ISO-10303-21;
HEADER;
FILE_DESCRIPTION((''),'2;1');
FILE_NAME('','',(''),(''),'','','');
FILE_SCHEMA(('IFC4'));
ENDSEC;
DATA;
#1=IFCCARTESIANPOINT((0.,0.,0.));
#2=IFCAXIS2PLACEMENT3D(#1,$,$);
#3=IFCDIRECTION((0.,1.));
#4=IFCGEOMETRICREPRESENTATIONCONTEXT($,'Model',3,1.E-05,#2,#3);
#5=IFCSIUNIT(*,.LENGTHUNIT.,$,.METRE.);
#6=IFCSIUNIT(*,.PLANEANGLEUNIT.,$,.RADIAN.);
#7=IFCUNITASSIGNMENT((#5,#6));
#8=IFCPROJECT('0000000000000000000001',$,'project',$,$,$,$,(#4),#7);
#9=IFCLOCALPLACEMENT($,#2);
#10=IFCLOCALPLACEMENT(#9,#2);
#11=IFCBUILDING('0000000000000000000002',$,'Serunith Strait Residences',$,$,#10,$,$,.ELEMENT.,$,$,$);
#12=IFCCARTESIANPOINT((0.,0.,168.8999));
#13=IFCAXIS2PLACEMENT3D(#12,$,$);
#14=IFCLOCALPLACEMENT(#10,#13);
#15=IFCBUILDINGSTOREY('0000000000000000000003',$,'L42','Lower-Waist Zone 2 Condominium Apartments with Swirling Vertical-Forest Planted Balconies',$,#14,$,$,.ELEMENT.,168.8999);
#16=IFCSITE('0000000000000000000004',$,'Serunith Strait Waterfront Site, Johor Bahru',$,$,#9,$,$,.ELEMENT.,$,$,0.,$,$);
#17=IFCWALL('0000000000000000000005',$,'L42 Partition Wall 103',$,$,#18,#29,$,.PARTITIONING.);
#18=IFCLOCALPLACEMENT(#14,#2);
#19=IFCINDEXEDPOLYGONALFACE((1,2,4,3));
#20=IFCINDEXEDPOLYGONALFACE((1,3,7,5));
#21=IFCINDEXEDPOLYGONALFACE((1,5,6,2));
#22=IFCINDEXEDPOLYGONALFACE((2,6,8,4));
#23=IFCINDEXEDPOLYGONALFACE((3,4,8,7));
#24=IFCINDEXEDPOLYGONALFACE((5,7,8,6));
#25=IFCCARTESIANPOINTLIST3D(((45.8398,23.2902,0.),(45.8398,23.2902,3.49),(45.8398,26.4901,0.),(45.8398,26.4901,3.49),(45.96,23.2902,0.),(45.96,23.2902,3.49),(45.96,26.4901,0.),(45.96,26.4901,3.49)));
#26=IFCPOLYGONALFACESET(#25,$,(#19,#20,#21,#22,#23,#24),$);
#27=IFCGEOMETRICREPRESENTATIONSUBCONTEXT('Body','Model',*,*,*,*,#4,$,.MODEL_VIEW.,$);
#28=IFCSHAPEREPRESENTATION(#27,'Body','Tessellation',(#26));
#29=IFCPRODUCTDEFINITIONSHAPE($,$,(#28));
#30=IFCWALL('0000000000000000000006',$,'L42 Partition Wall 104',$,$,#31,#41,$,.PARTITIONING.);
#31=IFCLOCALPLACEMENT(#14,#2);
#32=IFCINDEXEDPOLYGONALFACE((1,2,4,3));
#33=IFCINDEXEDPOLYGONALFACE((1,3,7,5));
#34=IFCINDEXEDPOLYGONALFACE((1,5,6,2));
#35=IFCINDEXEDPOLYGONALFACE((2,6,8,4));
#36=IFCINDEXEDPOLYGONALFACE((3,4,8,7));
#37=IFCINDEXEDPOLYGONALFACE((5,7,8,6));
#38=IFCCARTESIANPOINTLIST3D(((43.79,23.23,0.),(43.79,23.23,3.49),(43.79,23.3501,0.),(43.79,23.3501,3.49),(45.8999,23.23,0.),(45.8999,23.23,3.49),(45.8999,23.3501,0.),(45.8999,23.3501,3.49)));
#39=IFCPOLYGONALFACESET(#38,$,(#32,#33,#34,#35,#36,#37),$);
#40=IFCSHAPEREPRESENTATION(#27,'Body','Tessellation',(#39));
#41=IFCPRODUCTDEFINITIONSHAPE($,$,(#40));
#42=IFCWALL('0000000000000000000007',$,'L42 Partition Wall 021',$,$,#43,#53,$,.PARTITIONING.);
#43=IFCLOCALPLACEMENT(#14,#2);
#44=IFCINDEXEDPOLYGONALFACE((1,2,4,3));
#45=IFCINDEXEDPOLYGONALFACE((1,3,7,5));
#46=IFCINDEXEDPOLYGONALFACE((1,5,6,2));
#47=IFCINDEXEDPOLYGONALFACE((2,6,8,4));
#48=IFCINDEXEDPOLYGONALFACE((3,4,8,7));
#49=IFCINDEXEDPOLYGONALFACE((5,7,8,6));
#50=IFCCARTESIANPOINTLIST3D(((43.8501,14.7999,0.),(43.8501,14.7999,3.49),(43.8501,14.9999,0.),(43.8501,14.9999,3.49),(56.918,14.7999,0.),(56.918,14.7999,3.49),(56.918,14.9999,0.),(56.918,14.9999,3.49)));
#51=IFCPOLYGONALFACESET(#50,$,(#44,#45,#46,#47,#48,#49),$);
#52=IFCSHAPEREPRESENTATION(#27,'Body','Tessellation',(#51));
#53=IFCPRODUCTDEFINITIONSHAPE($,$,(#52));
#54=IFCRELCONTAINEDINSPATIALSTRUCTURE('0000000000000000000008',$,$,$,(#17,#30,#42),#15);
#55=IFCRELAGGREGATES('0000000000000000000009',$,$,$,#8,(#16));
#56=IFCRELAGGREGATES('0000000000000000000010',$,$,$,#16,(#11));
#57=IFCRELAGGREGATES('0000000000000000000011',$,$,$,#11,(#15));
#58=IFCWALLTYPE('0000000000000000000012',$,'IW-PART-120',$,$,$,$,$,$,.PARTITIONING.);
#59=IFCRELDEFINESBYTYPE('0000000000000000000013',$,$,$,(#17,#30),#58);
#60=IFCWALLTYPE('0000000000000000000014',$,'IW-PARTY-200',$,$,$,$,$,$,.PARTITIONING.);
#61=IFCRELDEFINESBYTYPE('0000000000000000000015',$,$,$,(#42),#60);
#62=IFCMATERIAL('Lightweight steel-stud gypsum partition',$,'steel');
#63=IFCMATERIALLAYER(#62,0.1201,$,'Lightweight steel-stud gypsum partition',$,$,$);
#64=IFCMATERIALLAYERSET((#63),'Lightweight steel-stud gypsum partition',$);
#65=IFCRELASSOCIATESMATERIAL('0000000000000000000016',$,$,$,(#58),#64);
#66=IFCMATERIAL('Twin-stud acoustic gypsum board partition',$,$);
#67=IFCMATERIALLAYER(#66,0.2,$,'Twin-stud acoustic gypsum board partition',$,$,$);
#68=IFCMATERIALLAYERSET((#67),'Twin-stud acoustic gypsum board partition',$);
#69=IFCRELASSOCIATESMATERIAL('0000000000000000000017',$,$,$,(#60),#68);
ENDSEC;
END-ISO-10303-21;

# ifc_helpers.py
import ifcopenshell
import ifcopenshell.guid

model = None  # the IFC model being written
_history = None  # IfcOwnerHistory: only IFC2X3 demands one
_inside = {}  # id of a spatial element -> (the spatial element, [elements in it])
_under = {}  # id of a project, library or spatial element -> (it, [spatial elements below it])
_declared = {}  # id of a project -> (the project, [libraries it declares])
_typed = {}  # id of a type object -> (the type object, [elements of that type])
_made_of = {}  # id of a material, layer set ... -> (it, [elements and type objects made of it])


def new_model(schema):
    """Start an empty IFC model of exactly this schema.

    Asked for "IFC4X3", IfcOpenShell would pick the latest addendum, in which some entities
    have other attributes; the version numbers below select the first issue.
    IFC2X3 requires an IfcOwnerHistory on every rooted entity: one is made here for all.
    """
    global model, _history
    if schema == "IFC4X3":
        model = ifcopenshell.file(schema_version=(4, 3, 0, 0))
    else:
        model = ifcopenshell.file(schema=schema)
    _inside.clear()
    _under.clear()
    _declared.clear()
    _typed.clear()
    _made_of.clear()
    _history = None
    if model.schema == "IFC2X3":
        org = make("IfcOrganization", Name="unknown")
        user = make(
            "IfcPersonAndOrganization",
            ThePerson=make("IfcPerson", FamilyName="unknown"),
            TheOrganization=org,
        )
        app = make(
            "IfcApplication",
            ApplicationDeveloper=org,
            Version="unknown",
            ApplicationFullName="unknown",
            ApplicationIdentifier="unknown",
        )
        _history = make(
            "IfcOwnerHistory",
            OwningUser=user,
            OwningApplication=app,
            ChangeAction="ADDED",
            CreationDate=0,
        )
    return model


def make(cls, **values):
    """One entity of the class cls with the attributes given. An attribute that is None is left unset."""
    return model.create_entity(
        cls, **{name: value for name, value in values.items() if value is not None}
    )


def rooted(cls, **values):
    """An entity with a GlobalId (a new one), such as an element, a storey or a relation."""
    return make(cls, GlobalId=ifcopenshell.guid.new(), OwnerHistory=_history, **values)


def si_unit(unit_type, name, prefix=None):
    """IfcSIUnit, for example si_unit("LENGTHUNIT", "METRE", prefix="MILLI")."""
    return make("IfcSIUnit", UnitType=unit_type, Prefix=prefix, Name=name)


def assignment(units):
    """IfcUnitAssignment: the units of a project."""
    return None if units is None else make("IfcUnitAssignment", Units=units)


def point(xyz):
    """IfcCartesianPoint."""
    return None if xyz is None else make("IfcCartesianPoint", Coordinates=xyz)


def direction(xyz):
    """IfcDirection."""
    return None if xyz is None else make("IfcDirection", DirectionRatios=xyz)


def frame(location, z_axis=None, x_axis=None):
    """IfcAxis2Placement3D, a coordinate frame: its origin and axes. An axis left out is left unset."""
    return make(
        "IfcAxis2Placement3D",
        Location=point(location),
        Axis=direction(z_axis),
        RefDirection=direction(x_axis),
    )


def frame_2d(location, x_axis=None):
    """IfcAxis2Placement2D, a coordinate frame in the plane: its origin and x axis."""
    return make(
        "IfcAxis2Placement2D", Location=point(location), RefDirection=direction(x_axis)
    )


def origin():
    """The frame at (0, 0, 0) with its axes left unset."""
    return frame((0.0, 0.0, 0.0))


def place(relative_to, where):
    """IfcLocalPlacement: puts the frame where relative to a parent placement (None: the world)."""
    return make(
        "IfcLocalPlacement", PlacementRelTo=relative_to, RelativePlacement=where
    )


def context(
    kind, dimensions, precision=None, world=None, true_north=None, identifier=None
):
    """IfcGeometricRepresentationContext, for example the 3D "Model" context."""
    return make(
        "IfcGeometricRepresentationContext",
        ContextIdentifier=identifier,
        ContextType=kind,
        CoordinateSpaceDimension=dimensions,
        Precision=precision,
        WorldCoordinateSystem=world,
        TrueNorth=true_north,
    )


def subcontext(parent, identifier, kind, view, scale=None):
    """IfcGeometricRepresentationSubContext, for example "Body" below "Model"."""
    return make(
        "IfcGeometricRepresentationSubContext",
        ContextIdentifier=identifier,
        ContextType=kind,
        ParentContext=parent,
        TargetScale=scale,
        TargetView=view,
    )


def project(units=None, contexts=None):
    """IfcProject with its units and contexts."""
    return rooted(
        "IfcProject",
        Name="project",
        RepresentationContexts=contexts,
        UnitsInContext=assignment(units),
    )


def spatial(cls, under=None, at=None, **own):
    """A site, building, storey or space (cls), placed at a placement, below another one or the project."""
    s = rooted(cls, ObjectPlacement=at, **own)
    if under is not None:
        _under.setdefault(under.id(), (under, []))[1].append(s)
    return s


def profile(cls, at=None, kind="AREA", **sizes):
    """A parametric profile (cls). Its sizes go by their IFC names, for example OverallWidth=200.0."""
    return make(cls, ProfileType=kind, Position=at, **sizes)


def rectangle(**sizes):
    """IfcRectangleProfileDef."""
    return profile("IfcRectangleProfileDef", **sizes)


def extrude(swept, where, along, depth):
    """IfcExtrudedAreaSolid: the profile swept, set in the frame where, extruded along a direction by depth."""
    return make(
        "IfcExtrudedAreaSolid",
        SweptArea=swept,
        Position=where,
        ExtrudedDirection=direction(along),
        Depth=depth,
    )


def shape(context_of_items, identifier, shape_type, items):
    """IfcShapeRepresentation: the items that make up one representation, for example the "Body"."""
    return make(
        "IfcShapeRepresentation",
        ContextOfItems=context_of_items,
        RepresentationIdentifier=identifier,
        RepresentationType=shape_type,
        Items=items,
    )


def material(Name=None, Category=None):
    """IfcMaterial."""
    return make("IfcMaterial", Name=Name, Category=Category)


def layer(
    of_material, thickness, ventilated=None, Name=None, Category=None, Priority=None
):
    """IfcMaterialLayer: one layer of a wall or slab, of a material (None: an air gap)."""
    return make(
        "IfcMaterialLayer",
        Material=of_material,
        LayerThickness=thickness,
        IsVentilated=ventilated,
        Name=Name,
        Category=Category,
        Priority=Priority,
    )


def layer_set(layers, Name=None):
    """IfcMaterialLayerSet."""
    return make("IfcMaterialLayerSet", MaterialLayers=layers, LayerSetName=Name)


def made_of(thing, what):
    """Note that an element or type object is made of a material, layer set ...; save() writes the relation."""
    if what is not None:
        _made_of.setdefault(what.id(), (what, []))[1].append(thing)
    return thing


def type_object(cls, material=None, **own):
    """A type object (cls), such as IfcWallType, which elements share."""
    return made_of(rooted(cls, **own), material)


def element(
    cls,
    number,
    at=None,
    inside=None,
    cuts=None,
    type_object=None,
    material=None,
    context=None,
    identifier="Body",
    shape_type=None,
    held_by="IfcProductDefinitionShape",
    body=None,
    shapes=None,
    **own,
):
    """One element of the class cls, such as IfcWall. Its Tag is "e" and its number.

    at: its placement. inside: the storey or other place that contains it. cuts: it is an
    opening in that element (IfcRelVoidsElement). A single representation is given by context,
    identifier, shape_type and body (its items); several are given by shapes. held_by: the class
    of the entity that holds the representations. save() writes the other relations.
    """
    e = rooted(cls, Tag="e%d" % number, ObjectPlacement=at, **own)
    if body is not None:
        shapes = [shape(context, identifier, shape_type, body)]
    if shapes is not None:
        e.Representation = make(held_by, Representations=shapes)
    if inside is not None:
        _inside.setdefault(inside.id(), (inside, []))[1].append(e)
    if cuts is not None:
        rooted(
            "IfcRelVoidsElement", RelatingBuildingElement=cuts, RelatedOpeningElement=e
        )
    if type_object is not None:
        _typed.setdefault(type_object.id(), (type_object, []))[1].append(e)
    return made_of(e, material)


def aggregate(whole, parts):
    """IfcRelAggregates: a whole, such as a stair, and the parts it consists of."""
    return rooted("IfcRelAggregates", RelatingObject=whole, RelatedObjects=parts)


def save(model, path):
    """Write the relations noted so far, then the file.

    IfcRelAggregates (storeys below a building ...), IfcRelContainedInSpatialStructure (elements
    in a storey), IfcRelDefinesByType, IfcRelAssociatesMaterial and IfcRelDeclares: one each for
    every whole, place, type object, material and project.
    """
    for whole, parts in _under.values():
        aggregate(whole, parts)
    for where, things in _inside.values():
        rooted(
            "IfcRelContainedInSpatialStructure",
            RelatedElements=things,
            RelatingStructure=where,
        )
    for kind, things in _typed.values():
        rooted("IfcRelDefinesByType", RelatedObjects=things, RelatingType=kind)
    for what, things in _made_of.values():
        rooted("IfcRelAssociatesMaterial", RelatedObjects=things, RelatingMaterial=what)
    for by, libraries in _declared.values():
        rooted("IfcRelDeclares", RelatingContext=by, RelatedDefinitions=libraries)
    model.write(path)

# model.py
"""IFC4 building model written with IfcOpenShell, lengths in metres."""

from ifc_helpers import new_model, si_unit, direction, frame, frame_2d, origin, place, context, subcontext, project, spatial, rectangle, extrude, material, layer, layer_set, type_object, element, save


model = new_model("IFC4")

# Units and contexts
model_context = context("Model", 3, precision=1e-05, world=origin(), true_north=direction((0.0, 1.0)))
body_context = subcontext(model_context, "Body", "Model", "MODEL_VIEW")
ifc_project = project(units=[si_unit("LENGTHUNIT", "METRE"), si_unit("PLANEANGLEUNIT", "RADIAN")], contexts=[model_context])

# Site, building, storey
site_placement = place(None, origin())
site = spatial("IfcSite", under=ifc_project, at=site_placement, Name="Serunith Strait Waterfront Site, Johor Bahru", CompositionType="ELEMENT", RefElevation=0.0)
building_placement = place(site_placement, origin())
building = spatial("IfcBuilding", under=site, at=building_placement, Name="Serunith Strait Residences", CompositionType="ELEMENT")
storey_placement = place(building_placement, frame((0.0, 0.0, 168.8999)))
storey = spatial("IfcBuildingStorey", under=building, at=storey_placement, Name="L42", Description="Lower-Waist Zone 2 Condominium Apartments with Swirling Vertical-Forest Planted Balconies", CompositionType="ELEMENT", Elevation=168.8999)

# Shared definitions
ifc_material_1 = material(Name="Lightweight steel-stud gypsum partition", Category="steel")
ifc_layer_1 = layer(ifc_material_1, 0.1201, Name="Lightweight steel-stud gypsum partition")
ifc_layer_set_1 = layer_set([ifc_layer_1], Name="Lightweight steel-stud gypsum partition")
wall_type_1 = type_object("IfcWallType", Name="IW-PART-120", PredefinedType="PARTITIONING", material=ifc_layer_set_1)

# Walls
wall_1_placement = place(storey_placement, frame((45.8999, 23.29, 0.0), z_axis=(0.0, 0.0, 1.0), x_axis=(0.0, 1.0, 0.0)))
element("IfcWall", 1, at=wall_1_placement, inside=storey, type_object=wall_type_1, Name="L42 Partition Wall 103", PredefinedType="PARTITIONING", context=body_context, shape_type="SweptSolid", body=[
    extrude(rectangle(XDim=3.2, YDim=0.1201, at=frame_2d((1.6001, 0.0))), origin(), (0.0, 0.0, 1.0), 3.49),
])
wall_2_placement = place(storey_placement, frame((45.8999, 23.29, 0.0), z_axis=(0.0, 0.0, 1.0), x_axis=(-1.0, 0.0, 0.0)))
element("IfcWall", 2, at=wall_2_placement, inside=storey, type_object=wall_type_1, Name="L42 Partition Wall 104", PredefinedType="PARTITIONING", context=body_context, shape_type="SweptSolid", body=[
    extrude(rectangle(XDim=2.1099, YDim=0.1201, at=frame_2d((1.0549, 0.0))), origin(), (0.0, 0.0, 1.0), 3.49),
])
ifc_material_2 = material(Name="Twin-stud acoustic gypsum board partition")
ifc_layer_2 = layer(ifc_material_2, 0.2, Name="Twin-stud acoustic gypsum board partition")
ifc_layer_set_2 = layer_set([ifc_layer_2], Name="Twin-stud acoustic gypsum board partition")
wall_type_2 = type_object("IfcWallType", Name="IW-PARTY-200", PredefinedType="PARTITIONING", material=ifc_layer_set_2)
wall_3_placement = place(storey_placement, frame((43.8501, 14.8999, 0.0), z_axis=(0.0, 0.0, 1.0), x_axis=(1.0, 0.0, 0.0)))
element("IfcWall", 3, at=wall_3_placement, inside=storey, type_object=wall_type_2, Name="L42 Partition Wall 021", PredefinedType="PARTITIONING", context=body_context, shape_type="SweptSolid", body=[
    extrude(rectangle(XDim=13.0679, YDim=0.2, at=frame_2d((6.5339, 0.0))), origin(), (0.0, 0.0, 1.0), 3.49),
])

save(model, "model.ifc")
